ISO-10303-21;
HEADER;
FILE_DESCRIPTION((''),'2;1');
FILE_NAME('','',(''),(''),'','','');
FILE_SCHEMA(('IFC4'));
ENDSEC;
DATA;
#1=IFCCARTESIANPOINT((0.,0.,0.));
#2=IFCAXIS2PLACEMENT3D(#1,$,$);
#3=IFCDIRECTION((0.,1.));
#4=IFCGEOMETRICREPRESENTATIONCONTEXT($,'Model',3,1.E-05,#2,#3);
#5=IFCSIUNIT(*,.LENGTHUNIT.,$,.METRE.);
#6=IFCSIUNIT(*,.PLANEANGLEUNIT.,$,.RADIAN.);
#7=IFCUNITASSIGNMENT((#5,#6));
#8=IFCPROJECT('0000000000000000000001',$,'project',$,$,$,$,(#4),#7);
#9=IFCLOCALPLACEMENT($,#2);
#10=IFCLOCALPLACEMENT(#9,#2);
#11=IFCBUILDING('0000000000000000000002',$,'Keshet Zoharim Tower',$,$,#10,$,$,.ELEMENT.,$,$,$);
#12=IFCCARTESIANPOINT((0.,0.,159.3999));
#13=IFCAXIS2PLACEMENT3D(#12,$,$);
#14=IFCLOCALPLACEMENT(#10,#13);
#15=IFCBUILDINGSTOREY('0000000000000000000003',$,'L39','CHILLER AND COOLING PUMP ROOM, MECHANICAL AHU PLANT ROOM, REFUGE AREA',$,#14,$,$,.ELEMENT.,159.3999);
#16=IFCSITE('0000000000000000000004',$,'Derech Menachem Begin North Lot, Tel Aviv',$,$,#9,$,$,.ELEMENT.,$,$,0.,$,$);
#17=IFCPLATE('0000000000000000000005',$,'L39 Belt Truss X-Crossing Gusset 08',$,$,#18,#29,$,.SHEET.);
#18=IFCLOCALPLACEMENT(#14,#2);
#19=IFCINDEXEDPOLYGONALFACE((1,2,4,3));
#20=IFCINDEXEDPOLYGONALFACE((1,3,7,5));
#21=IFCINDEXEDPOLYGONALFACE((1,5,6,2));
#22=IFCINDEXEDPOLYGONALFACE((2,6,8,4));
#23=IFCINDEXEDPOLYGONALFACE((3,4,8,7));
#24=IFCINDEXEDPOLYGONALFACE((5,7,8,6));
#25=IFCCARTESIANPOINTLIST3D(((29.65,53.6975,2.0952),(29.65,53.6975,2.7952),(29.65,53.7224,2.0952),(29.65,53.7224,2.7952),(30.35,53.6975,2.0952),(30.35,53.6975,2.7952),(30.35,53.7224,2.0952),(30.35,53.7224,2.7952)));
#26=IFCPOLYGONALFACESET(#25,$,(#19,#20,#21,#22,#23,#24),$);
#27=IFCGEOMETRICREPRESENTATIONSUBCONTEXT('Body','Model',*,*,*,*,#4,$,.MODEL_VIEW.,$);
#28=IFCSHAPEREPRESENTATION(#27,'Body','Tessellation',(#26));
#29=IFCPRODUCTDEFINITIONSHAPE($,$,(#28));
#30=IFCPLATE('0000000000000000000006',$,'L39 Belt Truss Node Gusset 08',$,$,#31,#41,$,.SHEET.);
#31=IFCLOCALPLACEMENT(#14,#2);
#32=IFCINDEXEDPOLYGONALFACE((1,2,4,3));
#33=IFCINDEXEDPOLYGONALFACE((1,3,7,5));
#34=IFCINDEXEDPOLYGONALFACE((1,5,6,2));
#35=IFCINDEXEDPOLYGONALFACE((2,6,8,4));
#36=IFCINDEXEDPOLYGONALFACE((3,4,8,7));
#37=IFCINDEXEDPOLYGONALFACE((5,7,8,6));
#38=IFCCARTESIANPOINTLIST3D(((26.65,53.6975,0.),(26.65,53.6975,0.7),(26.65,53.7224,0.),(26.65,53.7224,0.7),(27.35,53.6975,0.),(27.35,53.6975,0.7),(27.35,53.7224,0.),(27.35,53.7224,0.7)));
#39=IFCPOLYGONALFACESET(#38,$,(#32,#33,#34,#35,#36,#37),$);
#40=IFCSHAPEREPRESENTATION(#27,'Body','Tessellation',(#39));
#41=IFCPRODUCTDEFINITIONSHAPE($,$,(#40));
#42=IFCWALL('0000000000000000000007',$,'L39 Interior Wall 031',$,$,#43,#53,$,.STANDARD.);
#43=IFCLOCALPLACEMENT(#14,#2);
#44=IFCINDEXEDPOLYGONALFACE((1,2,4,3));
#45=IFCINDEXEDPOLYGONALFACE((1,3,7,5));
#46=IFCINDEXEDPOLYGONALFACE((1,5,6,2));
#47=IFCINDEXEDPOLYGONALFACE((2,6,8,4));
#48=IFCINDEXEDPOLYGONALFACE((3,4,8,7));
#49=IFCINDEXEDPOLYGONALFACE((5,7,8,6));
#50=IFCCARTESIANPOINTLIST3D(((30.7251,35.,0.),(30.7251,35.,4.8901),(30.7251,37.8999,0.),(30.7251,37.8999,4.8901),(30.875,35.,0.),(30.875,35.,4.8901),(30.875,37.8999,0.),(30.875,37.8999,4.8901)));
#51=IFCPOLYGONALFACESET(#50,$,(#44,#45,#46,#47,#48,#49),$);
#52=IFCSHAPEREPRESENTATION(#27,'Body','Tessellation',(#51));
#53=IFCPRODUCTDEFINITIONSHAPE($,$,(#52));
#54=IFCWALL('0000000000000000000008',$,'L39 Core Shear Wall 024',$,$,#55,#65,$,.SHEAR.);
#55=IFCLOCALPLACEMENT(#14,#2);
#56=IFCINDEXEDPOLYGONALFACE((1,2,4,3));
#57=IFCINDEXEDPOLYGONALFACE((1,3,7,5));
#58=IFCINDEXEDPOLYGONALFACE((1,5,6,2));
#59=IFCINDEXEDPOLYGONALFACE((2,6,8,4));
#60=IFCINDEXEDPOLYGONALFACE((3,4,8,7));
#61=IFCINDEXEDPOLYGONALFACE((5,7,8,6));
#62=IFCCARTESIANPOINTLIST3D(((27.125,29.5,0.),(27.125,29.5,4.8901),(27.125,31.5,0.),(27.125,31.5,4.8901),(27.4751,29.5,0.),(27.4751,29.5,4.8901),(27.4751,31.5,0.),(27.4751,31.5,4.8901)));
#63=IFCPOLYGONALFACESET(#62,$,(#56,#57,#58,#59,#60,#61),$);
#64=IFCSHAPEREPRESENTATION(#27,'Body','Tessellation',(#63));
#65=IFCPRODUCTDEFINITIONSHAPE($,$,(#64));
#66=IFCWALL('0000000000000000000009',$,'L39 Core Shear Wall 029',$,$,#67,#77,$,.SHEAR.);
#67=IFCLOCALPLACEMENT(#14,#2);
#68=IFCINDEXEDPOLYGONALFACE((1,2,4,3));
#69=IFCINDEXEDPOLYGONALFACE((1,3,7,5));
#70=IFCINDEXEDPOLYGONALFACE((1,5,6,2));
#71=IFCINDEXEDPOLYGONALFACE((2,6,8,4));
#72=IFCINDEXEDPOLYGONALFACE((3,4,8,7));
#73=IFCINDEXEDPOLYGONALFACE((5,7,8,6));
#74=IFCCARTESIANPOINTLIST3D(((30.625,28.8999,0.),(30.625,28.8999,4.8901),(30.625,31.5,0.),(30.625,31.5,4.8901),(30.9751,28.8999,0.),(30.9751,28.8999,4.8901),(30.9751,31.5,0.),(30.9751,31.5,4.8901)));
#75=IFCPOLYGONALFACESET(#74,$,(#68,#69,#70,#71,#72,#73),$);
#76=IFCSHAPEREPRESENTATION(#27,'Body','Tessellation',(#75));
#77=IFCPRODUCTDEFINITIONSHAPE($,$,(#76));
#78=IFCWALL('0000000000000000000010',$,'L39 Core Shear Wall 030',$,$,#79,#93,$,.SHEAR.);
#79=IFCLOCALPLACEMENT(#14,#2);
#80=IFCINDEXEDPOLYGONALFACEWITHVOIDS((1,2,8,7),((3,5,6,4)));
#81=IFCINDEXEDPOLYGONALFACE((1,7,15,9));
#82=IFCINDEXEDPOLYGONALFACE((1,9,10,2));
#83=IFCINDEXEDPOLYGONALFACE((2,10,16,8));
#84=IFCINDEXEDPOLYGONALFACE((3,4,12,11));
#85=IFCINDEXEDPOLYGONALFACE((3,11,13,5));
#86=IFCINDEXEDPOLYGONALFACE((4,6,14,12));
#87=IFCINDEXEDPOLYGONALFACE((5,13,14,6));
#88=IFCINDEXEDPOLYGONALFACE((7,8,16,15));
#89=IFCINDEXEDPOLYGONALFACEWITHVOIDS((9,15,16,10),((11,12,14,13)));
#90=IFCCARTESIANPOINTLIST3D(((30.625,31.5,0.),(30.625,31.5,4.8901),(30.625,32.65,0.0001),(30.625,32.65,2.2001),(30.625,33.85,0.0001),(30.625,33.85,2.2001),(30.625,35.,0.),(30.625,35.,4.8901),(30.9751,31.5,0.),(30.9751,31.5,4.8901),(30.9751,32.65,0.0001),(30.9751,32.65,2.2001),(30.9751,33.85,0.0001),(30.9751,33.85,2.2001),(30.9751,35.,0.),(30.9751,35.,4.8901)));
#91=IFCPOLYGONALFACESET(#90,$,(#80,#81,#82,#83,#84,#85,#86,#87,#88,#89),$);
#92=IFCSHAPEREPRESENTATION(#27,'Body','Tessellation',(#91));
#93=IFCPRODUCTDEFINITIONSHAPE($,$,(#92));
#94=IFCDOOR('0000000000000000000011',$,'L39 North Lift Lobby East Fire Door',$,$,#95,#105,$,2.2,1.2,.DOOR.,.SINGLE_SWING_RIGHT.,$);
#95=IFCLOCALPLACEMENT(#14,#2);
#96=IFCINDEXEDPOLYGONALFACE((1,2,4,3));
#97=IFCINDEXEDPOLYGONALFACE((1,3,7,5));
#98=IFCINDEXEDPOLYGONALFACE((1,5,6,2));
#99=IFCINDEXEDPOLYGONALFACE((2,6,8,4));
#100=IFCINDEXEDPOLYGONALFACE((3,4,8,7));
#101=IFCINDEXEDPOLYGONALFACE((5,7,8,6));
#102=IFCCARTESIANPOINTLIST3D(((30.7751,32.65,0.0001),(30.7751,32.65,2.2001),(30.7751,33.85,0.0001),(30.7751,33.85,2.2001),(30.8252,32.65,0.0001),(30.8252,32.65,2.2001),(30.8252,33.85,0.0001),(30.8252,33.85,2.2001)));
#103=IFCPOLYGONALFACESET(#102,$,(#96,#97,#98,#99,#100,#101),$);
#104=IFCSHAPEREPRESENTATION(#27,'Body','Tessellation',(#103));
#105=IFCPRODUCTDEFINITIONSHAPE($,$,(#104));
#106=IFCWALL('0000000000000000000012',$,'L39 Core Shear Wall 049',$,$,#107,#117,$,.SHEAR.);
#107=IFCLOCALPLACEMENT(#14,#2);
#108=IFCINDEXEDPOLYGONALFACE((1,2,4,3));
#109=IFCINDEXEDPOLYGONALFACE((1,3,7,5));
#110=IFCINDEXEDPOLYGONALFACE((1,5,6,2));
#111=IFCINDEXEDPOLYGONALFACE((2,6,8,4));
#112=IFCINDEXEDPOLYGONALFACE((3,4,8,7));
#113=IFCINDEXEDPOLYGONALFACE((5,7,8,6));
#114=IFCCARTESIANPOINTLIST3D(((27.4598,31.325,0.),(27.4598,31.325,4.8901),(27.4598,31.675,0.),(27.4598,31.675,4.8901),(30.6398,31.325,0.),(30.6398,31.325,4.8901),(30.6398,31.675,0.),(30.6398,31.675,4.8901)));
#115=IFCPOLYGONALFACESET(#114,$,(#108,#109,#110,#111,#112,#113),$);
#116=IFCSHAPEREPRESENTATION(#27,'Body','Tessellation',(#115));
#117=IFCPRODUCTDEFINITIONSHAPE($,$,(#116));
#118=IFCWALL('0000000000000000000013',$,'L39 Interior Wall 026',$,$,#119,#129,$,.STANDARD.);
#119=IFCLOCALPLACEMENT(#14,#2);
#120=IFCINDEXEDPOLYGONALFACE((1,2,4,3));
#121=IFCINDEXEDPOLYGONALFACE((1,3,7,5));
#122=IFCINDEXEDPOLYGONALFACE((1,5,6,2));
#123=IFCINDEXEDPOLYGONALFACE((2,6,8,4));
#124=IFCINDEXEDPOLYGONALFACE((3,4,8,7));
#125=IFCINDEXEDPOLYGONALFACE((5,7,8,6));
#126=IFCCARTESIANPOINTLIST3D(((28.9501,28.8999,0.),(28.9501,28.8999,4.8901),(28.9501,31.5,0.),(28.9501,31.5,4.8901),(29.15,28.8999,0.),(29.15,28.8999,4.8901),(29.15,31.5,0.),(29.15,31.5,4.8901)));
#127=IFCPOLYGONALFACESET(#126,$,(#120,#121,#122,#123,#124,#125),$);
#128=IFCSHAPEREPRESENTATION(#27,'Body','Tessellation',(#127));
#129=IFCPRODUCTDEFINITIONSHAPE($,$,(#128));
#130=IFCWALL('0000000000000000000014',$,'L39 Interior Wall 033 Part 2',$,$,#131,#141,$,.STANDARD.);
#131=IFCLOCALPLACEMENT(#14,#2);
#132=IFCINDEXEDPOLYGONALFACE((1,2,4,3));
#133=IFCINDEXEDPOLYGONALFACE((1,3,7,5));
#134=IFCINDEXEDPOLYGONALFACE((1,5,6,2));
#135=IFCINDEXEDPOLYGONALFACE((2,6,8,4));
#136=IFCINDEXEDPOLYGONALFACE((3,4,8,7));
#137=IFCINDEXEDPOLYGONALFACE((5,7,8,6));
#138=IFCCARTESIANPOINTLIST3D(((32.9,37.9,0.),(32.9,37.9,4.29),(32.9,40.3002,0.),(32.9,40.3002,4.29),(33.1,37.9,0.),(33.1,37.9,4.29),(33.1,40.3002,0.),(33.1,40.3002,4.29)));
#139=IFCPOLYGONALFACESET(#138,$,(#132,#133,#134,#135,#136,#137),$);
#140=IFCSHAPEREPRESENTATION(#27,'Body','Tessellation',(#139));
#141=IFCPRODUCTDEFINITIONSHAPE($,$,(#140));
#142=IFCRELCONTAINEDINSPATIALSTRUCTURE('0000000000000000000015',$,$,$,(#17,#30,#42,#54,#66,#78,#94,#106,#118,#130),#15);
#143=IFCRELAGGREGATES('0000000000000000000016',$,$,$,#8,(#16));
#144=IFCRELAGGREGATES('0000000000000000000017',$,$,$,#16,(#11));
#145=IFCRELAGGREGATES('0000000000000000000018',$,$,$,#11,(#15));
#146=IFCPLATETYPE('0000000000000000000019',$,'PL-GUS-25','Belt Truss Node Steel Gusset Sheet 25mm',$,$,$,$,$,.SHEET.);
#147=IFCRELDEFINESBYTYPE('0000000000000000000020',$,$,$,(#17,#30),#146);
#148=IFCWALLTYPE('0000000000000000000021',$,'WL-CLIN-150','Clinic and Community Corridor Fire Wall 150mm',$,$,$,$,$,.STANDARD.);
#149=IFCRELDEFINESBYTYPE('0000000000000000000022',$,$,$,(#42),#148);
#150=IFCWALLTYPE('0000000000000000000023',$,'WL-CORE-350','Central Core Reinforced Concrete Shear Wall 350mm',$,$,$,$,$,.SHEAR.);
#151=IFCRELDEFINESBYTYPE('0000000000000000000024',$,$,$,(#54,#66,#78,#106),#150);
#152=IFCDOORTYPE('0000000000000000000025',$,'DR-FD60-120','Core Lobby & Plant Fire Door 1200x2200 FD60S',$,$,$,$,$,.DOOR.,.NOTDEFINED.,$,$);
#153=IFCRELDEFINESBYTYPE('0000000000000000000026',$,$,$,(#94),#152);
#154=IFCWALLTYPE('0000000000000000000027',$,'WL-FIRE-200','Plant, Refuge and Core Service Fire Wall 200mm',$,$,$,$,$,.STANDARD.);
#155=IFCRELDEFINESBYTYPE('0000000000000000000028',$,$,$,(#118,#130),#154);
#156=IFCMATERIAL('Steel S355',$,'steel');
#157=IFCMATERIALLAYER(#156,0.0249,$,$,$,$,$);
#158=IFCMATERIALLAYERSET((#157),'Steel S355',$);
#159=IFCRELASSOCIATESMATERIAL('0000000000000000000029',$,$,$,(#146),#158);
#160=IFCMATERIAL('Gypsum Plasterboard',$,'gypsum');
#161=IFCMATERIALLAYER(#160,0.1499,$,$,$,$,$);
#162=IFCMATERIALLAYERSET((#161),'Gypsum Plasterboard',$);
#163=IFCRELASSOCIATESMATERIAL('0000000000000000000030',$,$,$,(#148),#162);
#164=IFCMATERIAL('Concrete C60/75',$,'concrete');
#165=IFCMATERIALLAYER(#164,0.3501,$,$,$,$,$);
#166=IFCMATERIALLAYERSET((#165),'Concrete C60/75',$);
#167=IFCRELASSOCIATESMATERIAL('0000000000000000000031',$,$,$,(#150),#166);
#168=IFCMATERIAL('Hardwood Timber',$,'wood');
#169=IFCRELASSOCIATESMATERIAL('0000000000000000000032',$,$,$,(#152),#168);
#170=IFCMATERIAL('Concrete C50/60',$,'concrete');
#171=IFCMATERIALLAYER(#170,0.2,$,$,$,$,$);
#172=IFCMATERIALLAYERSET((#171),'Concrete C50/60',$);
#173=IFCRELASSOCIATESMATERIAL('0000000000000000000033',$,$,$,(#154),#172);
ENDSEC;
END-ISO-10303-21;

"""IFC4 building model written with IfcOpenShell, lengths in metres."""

from ifc_helpers import new_model, si_unit, direction, frame, frame_2d, origin, origin_2d, place, context, subcontext, project, spatial, rectangle, extrude, material, layer, layer_set, type_object, element, fill, save


model = new_model("IFC4")

# Units and contexts
model_context = context("Model", 3, precision=1e-05, world=origin(), true_north=direction((0.0, 1.0)))
body_context = subcontext(model_context, "Body", "Model", "MODEL_VIEW")
ifc_project = project(units=[si_unit("LENGTHUNIT", "METRE"), si_unit("PLANEANGLEUNIT", "RADIAN")], contexts=[model_context])

# Site, building, storey
site_placement = place(None, origin())
site = spatial("IfcSite", under=ifc_project, at=site_placement, Name="Derech Menachem Begin North Lot, Tel Aviv", CompositionType="ELEMENT", RefElevation=0.0)
building_placement = place(site_placement, origin())
building = spatial("IfcBuilding", under=site, at=building_placement, Name="Keshet Zoharim Tower", CompositionType="ELEMENT")
storey_placement = place(building_placement, frame((0.0, 0.0, 159.3999)))
storey = spatial("IfcBuildingStorey", under=building, at=storey_placement, Name="L39", Description="CHILLER AND COOLING PUMP ROOM, MECHANICAL AHU PLANT ROOM, REFUGE AREA", CompositionType="ELEMENT", Elevation=159.3999)

# Shared definitions
ifc_material_1 = material(Name="Steel S355", Category="steel")
ifc_material_2 = material(Name="Concrete C60/75", Category="concrete")

# Plates
ifc_layer_1 = layer(ifc_material_1, 0.0249)
ifc_layer_set_1 = layer_set([ifc_layer_1], Name="Steel S355")
plate_type = type_object("IfcPlateType", Name="PL-GUS-25", Description="Belt Truss Node Steel Gusset Sheet 25mm", PredefinedType="SHEET", material=ifc_layer_set_1)
for number, where, z_axis, x_axis, name in (
    (1, (30.0, 53.71, 2.0952), (0.0, 0.0, 1.0), (1.0, 0.0, 0.0), "L39 Belt Truss X-Crossing Gusset 08"),
    (2, (27.0, 53.71, 0.0), (0.0, 0.0, 1.0), (1.0, 0.0, 0.0), "L39 Belt Truss Node Gusset 08"),
):
    element("IfcPlate", number, at=place(storey_placement, frame(where, z_axis=z_axis, x_axis=x_axis)), inside=storey, type_object=plate_type, Name=name, PredefinedType="SHEET", context=body_context, shape_type="SweptSolid", body=[
        extrude(rectangle(XDim=0.7, YDim=0.0249, at=origin_2d()), origin(), (0.0, 0.0, 1.0), 0.7),
    ])

# Walls
ifc_material_3 = material(Name="Gypsum Plasterboard", Category="gypsum")
ifc_layer_2 = layer(ifc_material_3, 0.1499)
ifc_layer_set_2 = layer_set([ifc_layer_2], Name="Gypsum Plasterboard")
wall_type_1 = type_object("IfcWallType", Name="WL-CLIN-150", Description="Clinic and Community Corridor Fire Wall 150mm", PredefinedType="STANDARD", material=ifc_layer_set_2)
wall_1_placement = place(storey_placement, frame((30.8, 35.0, 0.0), z_axis=(0.0, 0.0, 1.0), x_axis=(0.0, 1.0, 0.0)))
element("IfcWall", 3, at=wall_1_placement, inside=storey, type_object=wall_type_1, Name="L39 Interior Wall 031", PredefinedType="STANDARD", context=body_context, shape_type="SweptSolid", body=[
    extrude(rectangle(XDim=2.8999, YDim=0.1499, at=frame_2d((1.45, 0.0))), origin(), (0.0, 0.0, 1.0), 4.8901),
])
ifc_layer_3 = layer(ifc_material_2, 0.3501)
ifc_layer_set_3 = layer_set([ifc_layer_3], Name="Concrete C60/75")
wall_type_2 = type_object("IfcWallType", Name="WL-CORE-350", Description="Central Core Reinforced Concrete Shear Wall 350mm", PredefinedType="SHEAR", material=ifc_layer_set_3)
wall_2_placement = place(storey_placement, frame((27.3, 29.5, 0.0), z_axis=(0.0, 0.0, 1.0), x_axis=(0.0, 1.0, 0.0)))
element("IfcWall", 4, at=wall_2_placement, inside=storey, type_object=wall_type_2, Name="L39 Core Shear Wall 024", PredefinedType="SHEAR", context=body_context, shape_type="SweptSolid", body=[
    extrude(rectangle(XDim=2.0, YDim=0.3501, at=frame_2d((1.0, 0.0))), origin(), (0.0, 0.0, 1.0), 4.8901),
])
wall_3_placement = place(storey_placement, frame((30.8, 28.8999, 0.0), z_axis=(0.0, 0.0, 1.0), x_axis=(0.0, 1.0, 0.0)))
element("IfcWall", 5, at=wall_3_placement, inside=storey, type_object=wall_type_2, Name="L39 Core Shear Wall 029", PredefinedType="SHEAR", context=body_context, shape_type="SweptSolid", body=[
    extrude(rectangle(XDim=2.6001, YDim=0.3501, at=frame_2d((1.3, 0.0))), origin(), (0.0, 0.0, 1.0), 4.8901),
])

# Wall, opening, door
wall_4_placement = place(storey_placement, frame((30.8, 31.5, 0.0), z_axis=(0.0, 0.0, 1.0), x_axis=(0.0, 1.0, 0.0)))
wall_4 = element("IfcWall", 6, at=wall_4_placement, inside=storey, type_object=wall_type_2, Name="L39 Core Shear Wall 030", PredefinedType="SHEAR", context=body_context, shape_type="SweptSolid", body=[
    extrude(rectangle(XDim=3.5, YDim=0.3501, at=frame_2d((1.75, 0.0))), origin(), (0.0, 0.0, 1.0), 4.8901),
])
opening_placement = place(wall_4_placement, frame((1.1499, 0.0, 0.0)))
opening = element("IfcOpeningElement", 7, at=opening_placement, cuts=wall_4, PredefinedType="OPENING", context=body_context, shape_type="SweptSolid", body=[
    extrude(rectangle(XDim=1.2, YDim=2.2, at=frame_2d((0.6001, 1.1001))), frame((0.0, 0.1851, 0.0), z_axis=(0.0, -1.0, 0.0), x_axis=(1.0, 0.0, 0.0)), (0.0, 0.0, 1.0), 0.3701),
])
ifc_material_4 = material(Name="Hardwood Timber", Category="wood")
door_type = type_object("IfcDoorType", Name="DR-FD60-120", Description="Core Lobby & Plant Fire Door 1200x2200 FD60S", OperationType="NOTDEFINED", PredefinedType="DOOR", material=ifc_material_4)
door_placement = place(opening_placement, origin())
door = element("IfcDoor", 8, at=door_placement, inside=storey, type_object=door_type, Name="L39 North Lift Lobby East Fire Door", OperationType="SINGLE_SWING_RIGHT", OverallHeight=2.2, OverallWidth=1.2, PredefinedType="DOOR", context=body_context, shape_type="SweptSolid", body=[
    extrude(rectangle(XDim=1.2, YDim=2.2, at=frame_2d((0.6001, 1.1001))), frame((0.0, 0.0249, 0.0), z_axis=(0.0, -1.0, 0.0), x_axis=(1.0, 0.0, 0.0)), (0.0, 0.0, 1.0), 0.05),
])
fill(opening, door)

# Walls
wall_5_placement = place(storey_placement, frame((27.46, 31.5, 0.0), z_axis=(0.0, 0.0, 1.0), x_axis=(1.0, 0.0, 0.0)))
element("IfcWall", 9, at=wall_5_placement, inside=storey, type_object=wall_type_2, Name="L39 Core Shear Wall 049", PredefinedType="SHEAR", context=body_context, shape_type="SweptSolid", body=[
    extrude(rectangle(XDim=3.1799, YDim=0.3501, at=frame_2d((1.5898, 0.0))), origin(), (0.0, 0.0, 1.0), 4.8901),
])
ifc_material_5 = material(Name="Concrete C50/60", Category="concrete")
ifc_layer_4 = layer(ifc_material_5, 0.2)
ifc_layer_set_4 = layer_set([ifc_layer_4], Name="Concrete C50/60")
wall_type_3 = type_object("IfcWallType", Name="WL-FIRE-200", Description="Plant, Refuge and Core Service Fire Wall 200mm", PredefinedType="STANDARD", material=ifc_layer_set_4)
wall_6_placement = place(storey_placement, frame((29.05, 28.8999, 0.0), z_axis=(0.0, 0.0, 1.0), x_axis=(0.0, 1.0, 0.0)))
element("IfcWall", 10, at=wall_6_placement, inside=storey, type_object=wall_type_3, Name="L39 Interior Wall 026", PredefinedType="STANDARD", context=body_context, shape_type="SweptSolid", body=[
    extrude(rectangle(XDim=2.6001, YDim=0.2, at=frame_2d((1.3, 0.0))), origin(), (0.0, 0.0, 1.0), 4.8901),
])
wall_7_placement = place(storey_placement, frame((33.0, 37.8999, 0.0), z_axis=(0.0, 0.0, 1.0), x_axis=(0.0, 1.0, 0.0)))
element("IfcWall", 11, at=wall_7_placement, inside=storey, type_object=wall_type_3, Name="L39 Interior Wall 033 Part 2", PredefinedType="STANDARD", context=body_context, shape_type="SweptSolid", body=[
    extrude(rectangle(XDim=2.4001, YDim=0.2, at=frame_2d((1.2002, 0.0))), origin(), (0.0, 0.0, 1.0), 4.29),
])

save(model, "model.ifc")
